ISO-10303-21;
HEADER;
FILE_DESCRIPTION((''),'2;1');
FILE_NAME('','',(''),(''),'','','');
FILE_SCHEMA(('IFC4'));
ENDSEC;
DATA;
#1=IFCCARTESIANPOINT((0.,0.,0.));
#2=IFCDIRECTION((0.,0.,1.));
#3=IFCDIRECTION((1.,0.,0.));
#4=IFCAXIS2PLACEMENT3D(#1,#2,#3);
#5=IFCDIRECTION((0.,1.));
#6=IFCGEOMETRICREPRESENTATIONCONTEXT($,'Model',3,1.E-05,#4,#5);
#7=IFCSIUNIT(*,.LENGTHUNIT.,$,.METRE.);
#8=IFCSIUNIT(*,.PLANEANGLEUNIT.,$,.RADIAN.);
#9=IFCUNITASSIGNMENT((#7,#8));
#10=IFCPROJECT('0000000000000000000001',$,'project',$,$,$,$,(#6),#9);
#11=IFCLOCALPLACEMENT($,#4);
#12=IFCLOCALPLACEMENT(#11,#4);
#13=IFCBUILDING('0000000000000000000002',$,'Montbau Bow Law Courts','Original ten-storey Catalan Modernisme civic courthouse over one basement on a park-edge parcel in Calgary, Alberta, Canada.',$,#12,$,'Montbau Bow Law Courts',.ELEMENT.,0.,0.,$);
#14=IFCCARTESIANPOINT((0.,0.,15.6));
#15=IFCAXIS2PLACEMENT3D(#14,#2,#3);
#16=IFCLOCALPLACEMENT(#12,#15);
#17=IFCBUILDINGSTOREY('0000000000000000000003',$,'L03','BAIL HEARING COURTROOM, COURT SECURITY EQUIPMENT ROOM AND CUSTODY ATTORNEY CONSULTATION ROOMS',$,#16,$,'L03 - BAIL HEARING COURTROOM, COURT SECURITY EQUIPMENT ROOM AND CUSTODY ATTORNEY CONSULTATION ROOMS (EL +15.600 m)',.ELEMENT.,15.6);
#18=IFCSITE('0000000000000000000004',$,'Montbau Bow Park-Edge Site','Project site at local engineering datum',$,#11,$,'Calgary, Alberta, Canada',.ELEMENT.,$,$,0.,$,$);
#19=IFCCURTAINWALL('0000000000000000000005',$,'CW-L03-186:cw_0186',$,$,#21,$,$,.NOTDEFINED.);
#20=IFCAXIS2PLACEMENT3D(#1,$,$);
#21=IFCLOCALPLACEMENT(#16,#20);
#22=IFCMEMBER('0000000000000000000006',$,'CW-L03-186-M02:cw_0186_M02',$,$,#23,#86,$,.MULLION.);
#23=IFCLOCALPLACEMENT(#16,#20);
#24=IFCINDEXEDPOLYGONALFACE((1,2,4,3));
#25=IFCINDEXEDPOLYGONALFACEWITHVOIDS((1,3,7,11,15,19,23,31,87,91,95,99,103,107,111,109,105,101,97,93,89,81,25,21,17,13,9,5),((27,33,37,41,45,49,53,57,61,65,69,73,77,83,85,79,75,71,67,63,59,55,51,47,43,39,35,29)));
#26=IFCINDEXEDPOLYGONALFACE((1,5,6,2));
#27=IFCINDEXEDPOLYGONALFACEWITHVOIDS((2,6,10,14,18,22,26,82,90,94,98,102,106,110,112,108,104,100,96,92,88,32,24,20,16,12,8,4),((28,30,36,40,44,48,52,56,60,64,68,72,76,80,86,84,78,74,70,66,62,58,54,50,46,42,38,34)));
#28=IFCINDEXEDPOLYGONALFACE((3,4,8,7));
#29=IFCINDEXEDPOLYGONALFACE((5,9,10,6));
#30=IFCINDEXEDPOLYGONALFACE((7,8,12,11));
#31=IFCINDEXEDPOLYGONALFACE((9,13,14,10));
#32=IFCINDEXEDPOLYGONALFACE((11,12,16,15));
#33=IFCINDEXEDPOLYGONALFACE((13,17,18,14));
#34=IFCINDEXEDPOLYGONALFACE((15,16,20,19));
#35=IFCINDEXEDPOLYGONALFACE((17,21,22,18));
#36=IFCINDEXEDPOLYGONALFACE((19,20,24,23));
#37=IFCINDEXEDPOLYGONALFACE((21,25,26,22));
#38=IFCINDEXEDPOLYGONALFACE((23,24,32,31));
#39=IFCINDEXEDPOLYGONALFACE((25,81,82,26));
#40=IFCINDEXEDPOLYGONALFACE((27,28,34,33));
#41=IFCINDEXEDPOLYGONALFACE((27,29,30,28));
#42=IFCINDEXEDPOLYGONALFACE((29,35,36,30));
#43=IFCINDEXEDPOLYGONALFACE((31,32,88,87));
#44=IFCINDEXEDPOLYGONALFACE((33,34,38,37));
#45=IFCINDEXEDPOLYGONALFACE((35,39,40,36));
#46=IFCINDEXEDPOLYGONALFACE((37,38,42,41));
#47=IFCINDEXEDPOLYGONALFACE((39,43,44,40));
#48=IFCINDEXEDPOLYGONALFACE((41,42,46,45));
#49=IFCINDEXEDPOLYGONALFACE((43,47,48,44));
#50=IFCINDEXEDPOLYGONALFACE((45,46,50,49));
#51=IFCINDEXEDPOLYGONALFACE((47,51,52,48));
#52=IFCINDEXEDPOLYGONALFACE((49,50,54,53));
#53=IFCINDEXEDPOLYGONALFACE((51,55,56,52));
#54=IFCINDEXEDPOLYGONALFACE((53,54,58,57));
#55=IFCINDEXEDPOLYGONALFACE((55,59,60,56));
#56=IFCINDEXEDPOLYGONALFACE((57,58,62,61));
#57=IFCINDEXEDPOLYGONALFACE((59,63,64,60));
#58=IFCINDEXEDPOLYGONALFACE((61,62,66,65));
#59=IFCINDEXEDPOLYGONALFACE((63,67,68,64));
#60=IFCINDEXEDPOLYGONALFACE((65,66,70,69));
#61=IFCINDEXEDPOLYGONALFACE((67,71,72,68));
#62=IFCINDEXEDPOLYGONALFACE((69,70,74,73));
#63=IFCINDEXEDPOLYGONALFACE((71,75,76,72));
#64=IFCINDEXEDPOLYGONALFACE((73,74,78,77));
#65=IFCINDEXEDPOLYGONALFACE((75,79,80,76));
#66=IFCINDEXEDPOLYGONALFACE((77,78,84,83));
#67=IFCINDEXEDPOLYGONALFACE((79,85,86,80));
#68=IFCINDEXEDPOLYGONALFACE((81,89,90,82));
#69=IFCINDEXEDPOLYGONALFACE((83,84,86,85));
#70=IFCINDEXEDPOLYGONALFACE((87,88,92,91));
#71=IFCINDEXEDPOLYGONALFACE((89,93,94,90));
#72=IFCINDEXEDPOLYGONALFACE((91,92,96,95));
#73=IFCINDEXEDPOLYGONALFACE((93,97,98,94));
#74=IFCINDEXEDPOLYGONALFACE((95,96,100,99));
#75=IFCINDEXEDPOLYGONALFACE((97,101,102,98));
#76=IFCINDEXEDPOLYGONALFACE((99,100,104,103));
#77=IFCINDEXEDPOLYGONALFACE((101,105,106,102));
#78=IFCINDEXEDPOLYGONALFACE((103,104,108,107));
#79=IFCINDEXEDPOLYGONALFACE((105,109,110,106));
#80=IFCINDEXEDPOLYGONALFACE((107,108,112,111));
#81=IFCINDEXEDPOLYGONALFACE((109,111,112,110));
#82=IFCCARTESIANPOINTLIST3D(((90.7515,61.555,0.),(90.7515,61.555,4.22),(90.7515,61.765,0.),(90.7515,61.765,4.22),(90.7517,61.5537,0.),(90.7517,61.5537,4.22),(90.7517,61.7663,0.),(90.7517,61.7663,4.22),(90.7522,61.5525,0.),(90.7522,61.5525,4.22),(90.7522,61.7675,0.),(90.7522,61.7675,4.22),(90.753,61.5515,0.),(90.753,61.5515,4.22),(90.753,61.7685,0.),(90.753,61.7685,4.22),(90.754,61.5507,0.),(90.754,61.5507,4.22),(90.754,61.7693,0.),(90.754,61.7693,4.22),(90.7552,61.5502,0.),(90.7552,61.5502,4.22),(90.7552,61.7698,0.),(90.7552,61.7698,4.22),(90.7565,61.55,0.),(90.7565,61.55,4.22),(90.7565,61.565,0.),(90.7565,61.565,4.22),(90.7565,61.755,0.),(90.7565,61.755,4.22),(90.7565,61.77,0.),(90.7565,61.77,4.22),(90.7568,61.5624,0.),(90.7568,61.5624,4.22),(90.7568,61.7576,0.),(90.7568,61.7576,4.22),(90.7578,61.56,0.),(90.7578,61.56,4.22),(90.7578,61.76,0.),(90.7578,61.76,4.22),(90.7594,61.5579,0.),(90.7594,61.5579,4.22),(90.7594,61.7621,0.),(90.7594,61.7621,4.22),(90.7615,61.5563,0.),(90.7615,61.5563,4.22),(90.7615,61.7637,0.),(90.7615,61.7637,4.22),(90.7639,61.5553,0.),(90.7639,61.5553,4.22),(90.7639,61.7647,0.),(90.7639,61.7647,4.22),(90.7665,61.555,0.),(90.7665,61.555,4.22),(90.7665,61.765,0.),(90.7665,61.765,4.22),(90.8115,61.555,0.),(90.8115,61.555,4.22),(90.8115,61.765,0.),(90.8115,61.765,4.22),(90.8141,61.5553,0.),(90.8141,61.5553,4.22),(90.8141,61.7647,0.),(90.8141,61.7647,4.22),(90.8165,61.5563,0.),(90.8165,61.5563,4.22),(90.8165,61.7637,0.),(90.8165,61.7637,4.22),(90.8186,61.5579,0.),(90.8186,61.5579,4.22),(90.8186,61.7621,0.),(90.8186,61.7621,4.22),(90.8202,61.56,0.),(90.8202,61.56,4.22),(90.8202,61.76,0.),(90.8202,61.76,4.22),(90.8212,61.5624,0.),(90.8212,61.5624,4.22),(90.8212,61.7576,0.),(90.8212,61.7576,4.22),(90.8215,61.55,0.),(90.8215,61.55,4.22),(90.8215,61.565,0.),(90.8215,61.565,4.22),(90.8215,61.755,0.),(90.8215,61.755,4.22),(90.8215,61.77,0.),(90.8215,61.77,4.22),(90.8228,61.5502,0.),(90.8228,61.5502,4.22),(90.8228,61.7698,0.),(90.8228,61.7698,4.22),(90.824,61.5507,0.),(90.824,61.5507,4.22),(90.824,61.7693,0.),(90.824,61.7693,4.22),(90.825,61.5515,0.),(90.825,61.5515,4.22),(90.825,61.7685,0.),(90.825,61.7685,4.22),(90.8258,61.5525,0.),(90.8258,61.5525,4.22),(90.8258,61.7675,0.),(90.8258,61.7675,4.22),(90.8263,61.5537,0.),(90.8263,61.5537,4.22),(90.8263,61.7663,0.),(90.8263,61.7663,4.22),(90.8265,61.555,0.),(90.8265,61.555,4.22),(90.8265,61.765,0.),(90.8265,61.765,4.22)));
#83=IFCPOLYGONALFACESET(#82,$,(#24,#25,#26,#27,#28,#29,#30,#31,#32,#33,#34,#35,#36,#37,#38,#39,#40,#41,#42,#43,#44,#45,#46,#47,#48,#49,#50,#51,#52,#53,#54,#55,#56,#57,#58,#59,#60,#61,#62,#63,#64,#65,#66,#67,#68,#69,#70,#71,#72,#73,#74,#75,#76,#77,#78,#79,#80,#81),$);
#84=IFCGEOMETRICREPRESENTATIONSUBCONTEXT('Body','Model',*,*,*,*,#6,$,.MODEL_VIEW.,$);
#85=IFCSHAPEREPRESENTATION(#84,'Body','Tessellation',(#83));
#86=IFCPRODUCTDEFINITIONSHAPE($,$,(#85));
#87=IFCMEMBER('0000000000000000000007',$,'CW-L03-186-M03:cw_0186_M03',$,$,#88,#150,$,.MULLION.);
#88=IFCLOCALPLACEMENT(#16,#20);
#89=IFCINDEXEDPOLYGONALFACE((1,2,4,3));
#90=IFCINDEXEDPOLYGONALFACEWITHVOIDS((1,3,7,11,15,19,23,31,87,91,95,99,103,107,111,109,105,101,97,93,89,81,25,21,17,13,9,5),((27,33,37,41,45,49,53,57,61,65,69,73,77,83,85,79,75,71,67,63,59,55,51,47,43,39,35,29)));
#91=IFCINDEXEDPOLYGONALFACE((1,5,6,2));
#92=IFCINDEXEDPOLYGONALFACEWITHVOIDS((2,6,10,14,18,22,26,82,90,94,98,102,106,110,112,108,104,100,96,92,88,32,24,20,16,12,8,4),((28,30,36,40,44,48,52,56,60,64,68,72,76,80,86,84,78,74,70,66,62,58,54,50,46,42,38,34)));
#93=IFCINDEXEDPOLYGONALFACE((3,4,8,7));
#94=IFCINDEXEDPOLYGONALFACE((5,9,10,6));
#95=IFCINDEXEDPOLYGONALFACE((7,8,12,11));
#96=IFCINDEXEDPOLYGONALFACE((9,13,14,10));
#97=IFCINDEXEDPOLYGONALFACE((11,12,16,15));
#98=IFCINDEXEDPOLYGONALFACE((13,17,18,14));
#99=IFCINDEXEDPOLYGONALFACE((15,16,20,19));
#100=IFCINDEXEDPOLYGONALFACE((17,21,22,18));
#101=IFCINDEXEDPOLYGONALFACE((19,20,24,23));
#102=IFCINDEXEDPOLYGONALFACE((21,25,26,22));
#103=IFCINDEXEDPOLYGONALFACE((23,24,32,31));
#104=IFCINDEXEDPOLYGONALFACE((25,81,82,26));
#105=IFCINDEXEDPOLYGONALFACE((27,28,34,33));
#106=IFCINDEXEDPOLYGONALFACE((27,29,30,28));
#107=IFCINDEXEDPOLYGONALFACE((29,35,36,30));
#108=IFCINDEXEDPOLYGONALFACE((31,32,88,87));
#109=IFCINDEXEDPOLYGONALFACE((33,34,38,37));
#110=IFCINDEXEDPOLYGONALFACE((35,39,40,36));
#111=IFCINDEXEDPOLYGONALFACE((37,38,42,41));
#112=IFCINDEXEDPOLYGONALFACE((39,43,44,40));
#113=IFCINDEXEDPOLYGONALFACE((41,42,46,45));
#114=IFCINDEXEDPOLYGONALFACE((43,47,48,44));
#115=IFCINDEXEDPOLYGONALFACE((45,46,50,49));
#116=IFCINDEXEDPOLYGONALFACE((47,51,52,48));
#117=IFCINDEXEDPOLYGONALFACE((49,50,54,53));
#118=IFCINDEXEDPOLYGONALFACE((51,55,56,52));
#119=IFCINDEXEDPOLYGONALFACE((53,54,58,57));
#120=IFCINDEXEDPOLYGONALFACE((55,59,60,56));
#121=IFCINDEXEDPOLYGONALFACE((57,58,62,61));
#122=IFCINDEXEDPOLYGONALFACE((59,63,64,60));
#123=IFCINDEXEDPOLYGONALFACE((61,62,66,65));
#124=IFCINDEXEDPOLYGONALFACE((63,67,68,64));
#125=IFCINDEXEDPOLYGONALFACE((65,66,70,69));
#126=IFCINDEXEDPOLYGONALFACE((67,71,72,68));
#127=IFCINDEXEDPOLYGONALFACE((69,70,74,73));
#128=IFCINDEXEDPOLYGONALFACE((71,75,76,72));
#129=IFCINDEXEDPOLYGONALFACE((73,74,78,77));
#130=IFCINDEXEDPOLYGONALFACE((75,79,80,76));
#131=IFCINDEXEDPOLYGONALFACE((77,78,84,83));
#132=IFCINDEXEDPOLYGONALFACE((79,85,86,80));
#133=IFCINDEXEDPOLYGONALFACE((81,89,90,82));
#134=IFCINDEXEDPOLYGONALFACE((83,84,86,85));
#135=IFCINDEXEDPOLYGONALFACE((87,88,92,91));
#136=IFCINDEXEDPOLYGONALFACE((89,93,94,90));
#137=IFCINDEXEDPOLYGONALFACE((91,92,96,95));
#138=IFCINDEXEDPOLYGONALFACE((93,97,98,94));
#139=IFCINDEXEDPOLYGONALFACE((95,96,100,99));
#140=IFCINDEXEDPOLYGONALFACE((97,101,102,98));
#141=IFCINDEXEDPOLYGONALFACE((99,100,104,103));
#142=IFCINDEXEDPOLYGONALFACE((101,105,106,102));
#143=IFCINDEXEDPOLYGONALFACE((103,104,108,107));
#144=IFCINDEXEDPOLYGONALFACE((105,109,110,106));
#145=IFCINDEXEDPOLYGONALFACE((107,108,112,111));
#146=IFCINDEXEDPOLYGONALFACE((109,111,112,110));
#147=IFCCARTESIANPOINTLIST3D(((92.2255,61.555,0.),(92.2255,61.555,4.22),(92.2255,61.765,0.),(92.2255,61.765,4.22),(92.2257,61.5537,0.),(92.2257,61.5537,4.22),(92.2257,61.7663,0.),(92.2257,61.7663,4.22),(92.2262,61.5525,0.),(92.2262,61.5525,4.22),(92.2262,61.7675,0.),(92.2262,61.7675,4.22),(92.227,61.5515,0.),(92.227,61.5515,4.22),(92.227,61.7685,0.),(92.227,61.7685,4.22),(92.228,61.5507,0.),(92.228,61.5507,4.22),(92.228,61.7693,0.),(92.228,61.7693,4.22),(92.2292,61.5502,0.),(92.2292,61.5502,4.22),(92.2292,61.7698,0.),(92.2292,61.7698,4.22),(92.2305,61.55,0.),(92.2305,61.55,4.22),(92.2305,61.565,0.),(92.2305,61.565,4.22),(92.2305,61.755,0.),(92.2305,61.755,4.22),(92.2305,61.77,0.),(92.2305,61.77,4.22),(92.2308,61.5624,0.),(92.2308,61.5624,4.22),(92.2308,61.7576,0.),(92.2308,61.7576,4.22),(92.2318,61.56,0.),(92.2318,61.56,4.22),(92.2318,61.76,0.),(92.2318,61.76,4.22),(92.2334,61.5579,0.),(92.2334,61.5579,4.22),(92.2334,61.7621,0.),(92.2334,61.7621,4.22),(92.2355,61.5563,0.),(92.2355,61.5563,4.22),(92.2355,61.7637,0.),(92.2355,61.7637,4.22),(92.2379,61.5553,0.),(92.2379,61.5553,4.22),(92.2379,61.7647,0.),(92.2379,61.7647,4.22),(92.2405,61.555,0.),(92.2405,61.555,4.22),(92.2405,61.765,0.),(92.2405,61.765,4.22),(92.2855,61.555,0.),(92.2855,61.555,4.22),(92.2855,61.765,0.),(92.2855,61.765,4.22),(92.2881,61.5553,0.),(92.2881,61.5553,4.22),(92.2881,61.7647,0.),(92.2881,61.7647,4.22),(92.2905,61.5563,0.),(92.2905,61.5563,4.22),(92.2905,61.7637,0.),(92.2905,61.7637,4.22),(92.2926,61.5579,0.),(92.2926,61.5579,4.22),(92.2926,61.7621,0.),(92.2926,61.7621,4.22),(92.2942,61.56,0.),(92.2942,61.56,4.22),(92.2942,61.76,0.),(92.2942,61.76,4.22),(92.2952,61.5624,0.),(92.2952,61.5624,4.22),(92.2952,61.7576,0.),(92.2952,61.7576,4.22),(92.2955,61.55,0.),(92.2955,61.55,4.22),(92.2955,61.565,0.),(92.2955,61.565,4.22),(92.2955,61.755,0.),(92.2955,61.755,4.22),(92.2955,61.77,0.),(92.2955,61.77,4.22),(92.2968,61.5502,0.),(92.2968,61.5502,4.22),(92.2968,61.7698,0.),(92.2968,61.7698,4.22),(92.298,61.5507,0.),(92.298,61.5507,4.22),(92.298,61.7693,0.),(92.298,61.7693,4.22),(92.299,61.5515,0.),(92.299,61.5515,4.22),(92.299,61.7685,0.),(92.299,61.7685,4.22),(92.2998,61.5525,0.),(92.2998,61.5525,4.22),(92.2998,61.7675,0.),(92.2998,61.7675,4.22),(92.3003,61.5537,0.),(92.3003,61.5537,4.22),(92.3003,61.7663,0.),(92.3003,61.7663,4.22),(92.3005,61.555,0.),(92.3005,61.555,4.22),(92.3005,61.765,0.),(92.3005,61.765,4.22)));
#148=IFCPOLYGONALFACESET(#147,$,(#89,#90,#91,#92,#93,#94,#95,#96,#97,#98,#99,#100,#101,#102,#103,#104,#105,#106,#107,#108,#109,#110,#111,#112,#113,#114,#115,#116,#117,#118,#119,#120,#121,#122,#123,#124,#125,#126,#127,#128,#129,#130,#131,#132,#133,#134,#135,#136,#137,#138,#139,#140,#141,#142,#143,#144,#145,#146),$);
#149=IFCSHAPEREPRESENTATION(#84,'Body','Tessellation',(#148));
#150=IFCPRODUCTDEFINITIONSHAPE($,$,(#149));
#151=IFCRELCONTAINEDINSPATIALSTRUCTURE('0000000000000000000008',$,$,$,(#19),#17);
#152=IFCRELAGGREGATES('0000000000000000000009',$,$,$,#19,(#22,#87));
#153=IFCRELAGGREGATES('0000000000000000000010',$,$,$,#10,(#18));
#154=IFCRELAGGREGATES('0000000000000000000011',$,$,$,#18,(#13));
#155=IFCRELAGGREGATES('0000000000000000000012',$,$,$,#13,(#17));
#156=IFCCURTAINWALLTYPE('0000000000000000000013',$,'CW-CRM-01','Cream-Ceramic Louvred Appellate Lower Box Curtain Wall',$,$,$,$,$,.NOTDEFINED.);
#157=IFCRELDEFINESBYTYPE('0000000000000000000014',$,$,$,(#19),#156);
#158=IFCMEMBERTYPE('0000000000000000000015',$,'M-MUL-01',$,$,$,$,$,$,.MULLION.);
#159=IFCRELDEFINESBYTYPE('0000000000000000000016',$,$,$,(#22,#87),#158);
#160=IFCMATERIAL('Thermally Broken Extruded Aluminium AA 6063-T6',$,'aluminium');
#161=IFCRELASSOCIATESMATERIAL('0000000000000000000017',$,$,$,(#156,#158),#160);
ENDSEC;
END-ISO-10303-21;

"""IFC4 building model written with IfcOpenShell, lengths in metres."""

from ifc_helpers import new_model, si_unit, direction, frame, origin_with_axes, origin_2d_with_axis, place, context, subcontext, project, spatial, hollow_rectangle, extrude, material, material_profile, profile_set, type_object, element, aggregate, save


model = new_model("IFC4")

# Units and contexts
model_context = context("Model", 3, precision=1e-05, world=origin_with_axes(), true_north=direction((0.0, 1.0)))
body_context = subcontext(model_context, "Body", "Model", "MODEL_VIEW")
ifc_project = project(units=[si_unit("LENGTHUNIT", "METRE"), si_unit("PLANEANGLEUNIT", "RADIAN")], contexts=[model_context])

# Site, building, storey
site_placement = place(None, origin_with_axes())
site = spatial("IfcSite", under=ifc_project, at=site_placement, Name="Montbau Bow Park-Edge Site", Description="Project site at local engineering datum", LongName="Calgary, Alberta, Canada", CompositionType="ELEMENT", RefElevation=0.0)
building_placement = place(site_placement, origin_with_axes())
building = spatial("IfcBuilding", under=site, at=building_placement, Name="Montbau Bow Law Courts", Description="Original ten-storey Catalan Modernisme civic courthouse over one basement on a park-edge parcel in Calgary, Alberta, Canada.", LongName="Montbau Bow Law Courts", CompositionType="ELEMENT", ElevationOfRefHeight=0.0, ElevationOfTerrain=0.0)
storey_placement = place(building_placement, frame((0.0, 0.0, 15.6), z_axis=(0.0, 0.0, 1.0), x_axis=(1.0, 0.0, 0.0)))
storey = spatial("IfcBuildingStorey", under=building, at=storey_placement, Name="L03", Description="BAIL HEARING COURTROOM, COURT SECURITY EQUIPMENT ROOM AND CUSTODY ATTORNEY CONSULTATION ROOMS", LongName="L03 - BAIL HEARING COURTROOM, COURT SECURITY EQUIPMENT ROOM AND CUSTODY ATTORNEY CONSULTATION ROOMS (EL +15.600 m)", CompositionType="ELEMENT", Elevation=15.6)

# Curtain wall, members
ifc_material_1 = material(Name="Thermally Broken Extruded Aluminium AA 6063-T6", Category="aluminium")
curtain_wall_type = type_object("IfcCurtainWallType", Name="CW-CRM-01", Description="Cream-Ceramic Louvred Appellate Lower Box Curtain Wall", PredefinedType="NOTDEFINED", material=ifc_material_1)
curtain_wall_placement = place(None, frame((89.315, 61.66, 15.6), z_axis=(0.0, 0.0, 1.0), x_axis=(1.0, 0.0, 0.0)))
curtain_wall = element("IfcCurtainWall", 1, at=curtain_wall_placement, inside=storey, type_object=curtain_wall_type, Name="CW-L03-186:cw_0186", PredefinedType="NOTDEFINED")
ifc_material_profile_1 = material_profile(ifc_material_1, hollow_rectangle(XDim=0.075, YDim=0.22, WallThickness=0.005, InnerFilletRadius=0.01, OuterFilletRadius=0.005, at=origin_2d_with_axis()), Name="CWM-220X75", Category="Main", Priority=0)
ifc_profile_set_1 = profile_set([ifc_material_profile_1], Name="Thermally Broken Extruded Aluminium AA 6063-T6")
member_type_1 = type_object("IfcMemberType", Name="M-MUL-01", PredefinedType="MULLION", material=ifc_profile_set_1)
member_1_placement = place(None, frame((90.789, 61.66, 15.6), z_axis=(0.0, 0.0, 1.0), x_axis=(1.0, 0.0, 0.0)))
member_1 = element("IfcMember", 2, at=member_1_placement, type_object=member_type_1, Name="CW-L03-186-M02:cw_0186_M02", PredefinedType="MULLION", context=body_context, shape_type="SweptSolid", body=[
    extrude(hollow_rectangle(XDim=0.075, YDim=0.22, WallThickness=0.005, InnerFilletRadius=0.01, OuterFilletRadius=0.005, at=origin_2d_with_axis()), origin_with_axes(), (0.0, 0.0, 1.0), 4.22),
])
member_2_placement = place(None, frame((92.263, 61.66, 15.6), z_axis=(0.0, 0.0, 1.0), x_axis=(1.0, 0.0, 0.0)))
member_2 = element("IfcMember", 3, at=member_2_placement, type_object=member_type_1, Name="CW-L03-186-M03:cw_0186_M03", PredefinedType="MULLION", context=body_context, shape_type="SweptSolid", body=[
    extrude(hollow_rectangle(XDim=0.075, YDim=0.22, WallThickness=0.005, InnerFilletRadius=0.01, OuterFilletRadius=0.005, at=origin_2d_with_axis()), origin_with_axes(), (0.0, 0.0, 1.0), 4.22),
])
aggregate(curtain_wall, [member_1, member_2])

save(model, "model.ifc")
